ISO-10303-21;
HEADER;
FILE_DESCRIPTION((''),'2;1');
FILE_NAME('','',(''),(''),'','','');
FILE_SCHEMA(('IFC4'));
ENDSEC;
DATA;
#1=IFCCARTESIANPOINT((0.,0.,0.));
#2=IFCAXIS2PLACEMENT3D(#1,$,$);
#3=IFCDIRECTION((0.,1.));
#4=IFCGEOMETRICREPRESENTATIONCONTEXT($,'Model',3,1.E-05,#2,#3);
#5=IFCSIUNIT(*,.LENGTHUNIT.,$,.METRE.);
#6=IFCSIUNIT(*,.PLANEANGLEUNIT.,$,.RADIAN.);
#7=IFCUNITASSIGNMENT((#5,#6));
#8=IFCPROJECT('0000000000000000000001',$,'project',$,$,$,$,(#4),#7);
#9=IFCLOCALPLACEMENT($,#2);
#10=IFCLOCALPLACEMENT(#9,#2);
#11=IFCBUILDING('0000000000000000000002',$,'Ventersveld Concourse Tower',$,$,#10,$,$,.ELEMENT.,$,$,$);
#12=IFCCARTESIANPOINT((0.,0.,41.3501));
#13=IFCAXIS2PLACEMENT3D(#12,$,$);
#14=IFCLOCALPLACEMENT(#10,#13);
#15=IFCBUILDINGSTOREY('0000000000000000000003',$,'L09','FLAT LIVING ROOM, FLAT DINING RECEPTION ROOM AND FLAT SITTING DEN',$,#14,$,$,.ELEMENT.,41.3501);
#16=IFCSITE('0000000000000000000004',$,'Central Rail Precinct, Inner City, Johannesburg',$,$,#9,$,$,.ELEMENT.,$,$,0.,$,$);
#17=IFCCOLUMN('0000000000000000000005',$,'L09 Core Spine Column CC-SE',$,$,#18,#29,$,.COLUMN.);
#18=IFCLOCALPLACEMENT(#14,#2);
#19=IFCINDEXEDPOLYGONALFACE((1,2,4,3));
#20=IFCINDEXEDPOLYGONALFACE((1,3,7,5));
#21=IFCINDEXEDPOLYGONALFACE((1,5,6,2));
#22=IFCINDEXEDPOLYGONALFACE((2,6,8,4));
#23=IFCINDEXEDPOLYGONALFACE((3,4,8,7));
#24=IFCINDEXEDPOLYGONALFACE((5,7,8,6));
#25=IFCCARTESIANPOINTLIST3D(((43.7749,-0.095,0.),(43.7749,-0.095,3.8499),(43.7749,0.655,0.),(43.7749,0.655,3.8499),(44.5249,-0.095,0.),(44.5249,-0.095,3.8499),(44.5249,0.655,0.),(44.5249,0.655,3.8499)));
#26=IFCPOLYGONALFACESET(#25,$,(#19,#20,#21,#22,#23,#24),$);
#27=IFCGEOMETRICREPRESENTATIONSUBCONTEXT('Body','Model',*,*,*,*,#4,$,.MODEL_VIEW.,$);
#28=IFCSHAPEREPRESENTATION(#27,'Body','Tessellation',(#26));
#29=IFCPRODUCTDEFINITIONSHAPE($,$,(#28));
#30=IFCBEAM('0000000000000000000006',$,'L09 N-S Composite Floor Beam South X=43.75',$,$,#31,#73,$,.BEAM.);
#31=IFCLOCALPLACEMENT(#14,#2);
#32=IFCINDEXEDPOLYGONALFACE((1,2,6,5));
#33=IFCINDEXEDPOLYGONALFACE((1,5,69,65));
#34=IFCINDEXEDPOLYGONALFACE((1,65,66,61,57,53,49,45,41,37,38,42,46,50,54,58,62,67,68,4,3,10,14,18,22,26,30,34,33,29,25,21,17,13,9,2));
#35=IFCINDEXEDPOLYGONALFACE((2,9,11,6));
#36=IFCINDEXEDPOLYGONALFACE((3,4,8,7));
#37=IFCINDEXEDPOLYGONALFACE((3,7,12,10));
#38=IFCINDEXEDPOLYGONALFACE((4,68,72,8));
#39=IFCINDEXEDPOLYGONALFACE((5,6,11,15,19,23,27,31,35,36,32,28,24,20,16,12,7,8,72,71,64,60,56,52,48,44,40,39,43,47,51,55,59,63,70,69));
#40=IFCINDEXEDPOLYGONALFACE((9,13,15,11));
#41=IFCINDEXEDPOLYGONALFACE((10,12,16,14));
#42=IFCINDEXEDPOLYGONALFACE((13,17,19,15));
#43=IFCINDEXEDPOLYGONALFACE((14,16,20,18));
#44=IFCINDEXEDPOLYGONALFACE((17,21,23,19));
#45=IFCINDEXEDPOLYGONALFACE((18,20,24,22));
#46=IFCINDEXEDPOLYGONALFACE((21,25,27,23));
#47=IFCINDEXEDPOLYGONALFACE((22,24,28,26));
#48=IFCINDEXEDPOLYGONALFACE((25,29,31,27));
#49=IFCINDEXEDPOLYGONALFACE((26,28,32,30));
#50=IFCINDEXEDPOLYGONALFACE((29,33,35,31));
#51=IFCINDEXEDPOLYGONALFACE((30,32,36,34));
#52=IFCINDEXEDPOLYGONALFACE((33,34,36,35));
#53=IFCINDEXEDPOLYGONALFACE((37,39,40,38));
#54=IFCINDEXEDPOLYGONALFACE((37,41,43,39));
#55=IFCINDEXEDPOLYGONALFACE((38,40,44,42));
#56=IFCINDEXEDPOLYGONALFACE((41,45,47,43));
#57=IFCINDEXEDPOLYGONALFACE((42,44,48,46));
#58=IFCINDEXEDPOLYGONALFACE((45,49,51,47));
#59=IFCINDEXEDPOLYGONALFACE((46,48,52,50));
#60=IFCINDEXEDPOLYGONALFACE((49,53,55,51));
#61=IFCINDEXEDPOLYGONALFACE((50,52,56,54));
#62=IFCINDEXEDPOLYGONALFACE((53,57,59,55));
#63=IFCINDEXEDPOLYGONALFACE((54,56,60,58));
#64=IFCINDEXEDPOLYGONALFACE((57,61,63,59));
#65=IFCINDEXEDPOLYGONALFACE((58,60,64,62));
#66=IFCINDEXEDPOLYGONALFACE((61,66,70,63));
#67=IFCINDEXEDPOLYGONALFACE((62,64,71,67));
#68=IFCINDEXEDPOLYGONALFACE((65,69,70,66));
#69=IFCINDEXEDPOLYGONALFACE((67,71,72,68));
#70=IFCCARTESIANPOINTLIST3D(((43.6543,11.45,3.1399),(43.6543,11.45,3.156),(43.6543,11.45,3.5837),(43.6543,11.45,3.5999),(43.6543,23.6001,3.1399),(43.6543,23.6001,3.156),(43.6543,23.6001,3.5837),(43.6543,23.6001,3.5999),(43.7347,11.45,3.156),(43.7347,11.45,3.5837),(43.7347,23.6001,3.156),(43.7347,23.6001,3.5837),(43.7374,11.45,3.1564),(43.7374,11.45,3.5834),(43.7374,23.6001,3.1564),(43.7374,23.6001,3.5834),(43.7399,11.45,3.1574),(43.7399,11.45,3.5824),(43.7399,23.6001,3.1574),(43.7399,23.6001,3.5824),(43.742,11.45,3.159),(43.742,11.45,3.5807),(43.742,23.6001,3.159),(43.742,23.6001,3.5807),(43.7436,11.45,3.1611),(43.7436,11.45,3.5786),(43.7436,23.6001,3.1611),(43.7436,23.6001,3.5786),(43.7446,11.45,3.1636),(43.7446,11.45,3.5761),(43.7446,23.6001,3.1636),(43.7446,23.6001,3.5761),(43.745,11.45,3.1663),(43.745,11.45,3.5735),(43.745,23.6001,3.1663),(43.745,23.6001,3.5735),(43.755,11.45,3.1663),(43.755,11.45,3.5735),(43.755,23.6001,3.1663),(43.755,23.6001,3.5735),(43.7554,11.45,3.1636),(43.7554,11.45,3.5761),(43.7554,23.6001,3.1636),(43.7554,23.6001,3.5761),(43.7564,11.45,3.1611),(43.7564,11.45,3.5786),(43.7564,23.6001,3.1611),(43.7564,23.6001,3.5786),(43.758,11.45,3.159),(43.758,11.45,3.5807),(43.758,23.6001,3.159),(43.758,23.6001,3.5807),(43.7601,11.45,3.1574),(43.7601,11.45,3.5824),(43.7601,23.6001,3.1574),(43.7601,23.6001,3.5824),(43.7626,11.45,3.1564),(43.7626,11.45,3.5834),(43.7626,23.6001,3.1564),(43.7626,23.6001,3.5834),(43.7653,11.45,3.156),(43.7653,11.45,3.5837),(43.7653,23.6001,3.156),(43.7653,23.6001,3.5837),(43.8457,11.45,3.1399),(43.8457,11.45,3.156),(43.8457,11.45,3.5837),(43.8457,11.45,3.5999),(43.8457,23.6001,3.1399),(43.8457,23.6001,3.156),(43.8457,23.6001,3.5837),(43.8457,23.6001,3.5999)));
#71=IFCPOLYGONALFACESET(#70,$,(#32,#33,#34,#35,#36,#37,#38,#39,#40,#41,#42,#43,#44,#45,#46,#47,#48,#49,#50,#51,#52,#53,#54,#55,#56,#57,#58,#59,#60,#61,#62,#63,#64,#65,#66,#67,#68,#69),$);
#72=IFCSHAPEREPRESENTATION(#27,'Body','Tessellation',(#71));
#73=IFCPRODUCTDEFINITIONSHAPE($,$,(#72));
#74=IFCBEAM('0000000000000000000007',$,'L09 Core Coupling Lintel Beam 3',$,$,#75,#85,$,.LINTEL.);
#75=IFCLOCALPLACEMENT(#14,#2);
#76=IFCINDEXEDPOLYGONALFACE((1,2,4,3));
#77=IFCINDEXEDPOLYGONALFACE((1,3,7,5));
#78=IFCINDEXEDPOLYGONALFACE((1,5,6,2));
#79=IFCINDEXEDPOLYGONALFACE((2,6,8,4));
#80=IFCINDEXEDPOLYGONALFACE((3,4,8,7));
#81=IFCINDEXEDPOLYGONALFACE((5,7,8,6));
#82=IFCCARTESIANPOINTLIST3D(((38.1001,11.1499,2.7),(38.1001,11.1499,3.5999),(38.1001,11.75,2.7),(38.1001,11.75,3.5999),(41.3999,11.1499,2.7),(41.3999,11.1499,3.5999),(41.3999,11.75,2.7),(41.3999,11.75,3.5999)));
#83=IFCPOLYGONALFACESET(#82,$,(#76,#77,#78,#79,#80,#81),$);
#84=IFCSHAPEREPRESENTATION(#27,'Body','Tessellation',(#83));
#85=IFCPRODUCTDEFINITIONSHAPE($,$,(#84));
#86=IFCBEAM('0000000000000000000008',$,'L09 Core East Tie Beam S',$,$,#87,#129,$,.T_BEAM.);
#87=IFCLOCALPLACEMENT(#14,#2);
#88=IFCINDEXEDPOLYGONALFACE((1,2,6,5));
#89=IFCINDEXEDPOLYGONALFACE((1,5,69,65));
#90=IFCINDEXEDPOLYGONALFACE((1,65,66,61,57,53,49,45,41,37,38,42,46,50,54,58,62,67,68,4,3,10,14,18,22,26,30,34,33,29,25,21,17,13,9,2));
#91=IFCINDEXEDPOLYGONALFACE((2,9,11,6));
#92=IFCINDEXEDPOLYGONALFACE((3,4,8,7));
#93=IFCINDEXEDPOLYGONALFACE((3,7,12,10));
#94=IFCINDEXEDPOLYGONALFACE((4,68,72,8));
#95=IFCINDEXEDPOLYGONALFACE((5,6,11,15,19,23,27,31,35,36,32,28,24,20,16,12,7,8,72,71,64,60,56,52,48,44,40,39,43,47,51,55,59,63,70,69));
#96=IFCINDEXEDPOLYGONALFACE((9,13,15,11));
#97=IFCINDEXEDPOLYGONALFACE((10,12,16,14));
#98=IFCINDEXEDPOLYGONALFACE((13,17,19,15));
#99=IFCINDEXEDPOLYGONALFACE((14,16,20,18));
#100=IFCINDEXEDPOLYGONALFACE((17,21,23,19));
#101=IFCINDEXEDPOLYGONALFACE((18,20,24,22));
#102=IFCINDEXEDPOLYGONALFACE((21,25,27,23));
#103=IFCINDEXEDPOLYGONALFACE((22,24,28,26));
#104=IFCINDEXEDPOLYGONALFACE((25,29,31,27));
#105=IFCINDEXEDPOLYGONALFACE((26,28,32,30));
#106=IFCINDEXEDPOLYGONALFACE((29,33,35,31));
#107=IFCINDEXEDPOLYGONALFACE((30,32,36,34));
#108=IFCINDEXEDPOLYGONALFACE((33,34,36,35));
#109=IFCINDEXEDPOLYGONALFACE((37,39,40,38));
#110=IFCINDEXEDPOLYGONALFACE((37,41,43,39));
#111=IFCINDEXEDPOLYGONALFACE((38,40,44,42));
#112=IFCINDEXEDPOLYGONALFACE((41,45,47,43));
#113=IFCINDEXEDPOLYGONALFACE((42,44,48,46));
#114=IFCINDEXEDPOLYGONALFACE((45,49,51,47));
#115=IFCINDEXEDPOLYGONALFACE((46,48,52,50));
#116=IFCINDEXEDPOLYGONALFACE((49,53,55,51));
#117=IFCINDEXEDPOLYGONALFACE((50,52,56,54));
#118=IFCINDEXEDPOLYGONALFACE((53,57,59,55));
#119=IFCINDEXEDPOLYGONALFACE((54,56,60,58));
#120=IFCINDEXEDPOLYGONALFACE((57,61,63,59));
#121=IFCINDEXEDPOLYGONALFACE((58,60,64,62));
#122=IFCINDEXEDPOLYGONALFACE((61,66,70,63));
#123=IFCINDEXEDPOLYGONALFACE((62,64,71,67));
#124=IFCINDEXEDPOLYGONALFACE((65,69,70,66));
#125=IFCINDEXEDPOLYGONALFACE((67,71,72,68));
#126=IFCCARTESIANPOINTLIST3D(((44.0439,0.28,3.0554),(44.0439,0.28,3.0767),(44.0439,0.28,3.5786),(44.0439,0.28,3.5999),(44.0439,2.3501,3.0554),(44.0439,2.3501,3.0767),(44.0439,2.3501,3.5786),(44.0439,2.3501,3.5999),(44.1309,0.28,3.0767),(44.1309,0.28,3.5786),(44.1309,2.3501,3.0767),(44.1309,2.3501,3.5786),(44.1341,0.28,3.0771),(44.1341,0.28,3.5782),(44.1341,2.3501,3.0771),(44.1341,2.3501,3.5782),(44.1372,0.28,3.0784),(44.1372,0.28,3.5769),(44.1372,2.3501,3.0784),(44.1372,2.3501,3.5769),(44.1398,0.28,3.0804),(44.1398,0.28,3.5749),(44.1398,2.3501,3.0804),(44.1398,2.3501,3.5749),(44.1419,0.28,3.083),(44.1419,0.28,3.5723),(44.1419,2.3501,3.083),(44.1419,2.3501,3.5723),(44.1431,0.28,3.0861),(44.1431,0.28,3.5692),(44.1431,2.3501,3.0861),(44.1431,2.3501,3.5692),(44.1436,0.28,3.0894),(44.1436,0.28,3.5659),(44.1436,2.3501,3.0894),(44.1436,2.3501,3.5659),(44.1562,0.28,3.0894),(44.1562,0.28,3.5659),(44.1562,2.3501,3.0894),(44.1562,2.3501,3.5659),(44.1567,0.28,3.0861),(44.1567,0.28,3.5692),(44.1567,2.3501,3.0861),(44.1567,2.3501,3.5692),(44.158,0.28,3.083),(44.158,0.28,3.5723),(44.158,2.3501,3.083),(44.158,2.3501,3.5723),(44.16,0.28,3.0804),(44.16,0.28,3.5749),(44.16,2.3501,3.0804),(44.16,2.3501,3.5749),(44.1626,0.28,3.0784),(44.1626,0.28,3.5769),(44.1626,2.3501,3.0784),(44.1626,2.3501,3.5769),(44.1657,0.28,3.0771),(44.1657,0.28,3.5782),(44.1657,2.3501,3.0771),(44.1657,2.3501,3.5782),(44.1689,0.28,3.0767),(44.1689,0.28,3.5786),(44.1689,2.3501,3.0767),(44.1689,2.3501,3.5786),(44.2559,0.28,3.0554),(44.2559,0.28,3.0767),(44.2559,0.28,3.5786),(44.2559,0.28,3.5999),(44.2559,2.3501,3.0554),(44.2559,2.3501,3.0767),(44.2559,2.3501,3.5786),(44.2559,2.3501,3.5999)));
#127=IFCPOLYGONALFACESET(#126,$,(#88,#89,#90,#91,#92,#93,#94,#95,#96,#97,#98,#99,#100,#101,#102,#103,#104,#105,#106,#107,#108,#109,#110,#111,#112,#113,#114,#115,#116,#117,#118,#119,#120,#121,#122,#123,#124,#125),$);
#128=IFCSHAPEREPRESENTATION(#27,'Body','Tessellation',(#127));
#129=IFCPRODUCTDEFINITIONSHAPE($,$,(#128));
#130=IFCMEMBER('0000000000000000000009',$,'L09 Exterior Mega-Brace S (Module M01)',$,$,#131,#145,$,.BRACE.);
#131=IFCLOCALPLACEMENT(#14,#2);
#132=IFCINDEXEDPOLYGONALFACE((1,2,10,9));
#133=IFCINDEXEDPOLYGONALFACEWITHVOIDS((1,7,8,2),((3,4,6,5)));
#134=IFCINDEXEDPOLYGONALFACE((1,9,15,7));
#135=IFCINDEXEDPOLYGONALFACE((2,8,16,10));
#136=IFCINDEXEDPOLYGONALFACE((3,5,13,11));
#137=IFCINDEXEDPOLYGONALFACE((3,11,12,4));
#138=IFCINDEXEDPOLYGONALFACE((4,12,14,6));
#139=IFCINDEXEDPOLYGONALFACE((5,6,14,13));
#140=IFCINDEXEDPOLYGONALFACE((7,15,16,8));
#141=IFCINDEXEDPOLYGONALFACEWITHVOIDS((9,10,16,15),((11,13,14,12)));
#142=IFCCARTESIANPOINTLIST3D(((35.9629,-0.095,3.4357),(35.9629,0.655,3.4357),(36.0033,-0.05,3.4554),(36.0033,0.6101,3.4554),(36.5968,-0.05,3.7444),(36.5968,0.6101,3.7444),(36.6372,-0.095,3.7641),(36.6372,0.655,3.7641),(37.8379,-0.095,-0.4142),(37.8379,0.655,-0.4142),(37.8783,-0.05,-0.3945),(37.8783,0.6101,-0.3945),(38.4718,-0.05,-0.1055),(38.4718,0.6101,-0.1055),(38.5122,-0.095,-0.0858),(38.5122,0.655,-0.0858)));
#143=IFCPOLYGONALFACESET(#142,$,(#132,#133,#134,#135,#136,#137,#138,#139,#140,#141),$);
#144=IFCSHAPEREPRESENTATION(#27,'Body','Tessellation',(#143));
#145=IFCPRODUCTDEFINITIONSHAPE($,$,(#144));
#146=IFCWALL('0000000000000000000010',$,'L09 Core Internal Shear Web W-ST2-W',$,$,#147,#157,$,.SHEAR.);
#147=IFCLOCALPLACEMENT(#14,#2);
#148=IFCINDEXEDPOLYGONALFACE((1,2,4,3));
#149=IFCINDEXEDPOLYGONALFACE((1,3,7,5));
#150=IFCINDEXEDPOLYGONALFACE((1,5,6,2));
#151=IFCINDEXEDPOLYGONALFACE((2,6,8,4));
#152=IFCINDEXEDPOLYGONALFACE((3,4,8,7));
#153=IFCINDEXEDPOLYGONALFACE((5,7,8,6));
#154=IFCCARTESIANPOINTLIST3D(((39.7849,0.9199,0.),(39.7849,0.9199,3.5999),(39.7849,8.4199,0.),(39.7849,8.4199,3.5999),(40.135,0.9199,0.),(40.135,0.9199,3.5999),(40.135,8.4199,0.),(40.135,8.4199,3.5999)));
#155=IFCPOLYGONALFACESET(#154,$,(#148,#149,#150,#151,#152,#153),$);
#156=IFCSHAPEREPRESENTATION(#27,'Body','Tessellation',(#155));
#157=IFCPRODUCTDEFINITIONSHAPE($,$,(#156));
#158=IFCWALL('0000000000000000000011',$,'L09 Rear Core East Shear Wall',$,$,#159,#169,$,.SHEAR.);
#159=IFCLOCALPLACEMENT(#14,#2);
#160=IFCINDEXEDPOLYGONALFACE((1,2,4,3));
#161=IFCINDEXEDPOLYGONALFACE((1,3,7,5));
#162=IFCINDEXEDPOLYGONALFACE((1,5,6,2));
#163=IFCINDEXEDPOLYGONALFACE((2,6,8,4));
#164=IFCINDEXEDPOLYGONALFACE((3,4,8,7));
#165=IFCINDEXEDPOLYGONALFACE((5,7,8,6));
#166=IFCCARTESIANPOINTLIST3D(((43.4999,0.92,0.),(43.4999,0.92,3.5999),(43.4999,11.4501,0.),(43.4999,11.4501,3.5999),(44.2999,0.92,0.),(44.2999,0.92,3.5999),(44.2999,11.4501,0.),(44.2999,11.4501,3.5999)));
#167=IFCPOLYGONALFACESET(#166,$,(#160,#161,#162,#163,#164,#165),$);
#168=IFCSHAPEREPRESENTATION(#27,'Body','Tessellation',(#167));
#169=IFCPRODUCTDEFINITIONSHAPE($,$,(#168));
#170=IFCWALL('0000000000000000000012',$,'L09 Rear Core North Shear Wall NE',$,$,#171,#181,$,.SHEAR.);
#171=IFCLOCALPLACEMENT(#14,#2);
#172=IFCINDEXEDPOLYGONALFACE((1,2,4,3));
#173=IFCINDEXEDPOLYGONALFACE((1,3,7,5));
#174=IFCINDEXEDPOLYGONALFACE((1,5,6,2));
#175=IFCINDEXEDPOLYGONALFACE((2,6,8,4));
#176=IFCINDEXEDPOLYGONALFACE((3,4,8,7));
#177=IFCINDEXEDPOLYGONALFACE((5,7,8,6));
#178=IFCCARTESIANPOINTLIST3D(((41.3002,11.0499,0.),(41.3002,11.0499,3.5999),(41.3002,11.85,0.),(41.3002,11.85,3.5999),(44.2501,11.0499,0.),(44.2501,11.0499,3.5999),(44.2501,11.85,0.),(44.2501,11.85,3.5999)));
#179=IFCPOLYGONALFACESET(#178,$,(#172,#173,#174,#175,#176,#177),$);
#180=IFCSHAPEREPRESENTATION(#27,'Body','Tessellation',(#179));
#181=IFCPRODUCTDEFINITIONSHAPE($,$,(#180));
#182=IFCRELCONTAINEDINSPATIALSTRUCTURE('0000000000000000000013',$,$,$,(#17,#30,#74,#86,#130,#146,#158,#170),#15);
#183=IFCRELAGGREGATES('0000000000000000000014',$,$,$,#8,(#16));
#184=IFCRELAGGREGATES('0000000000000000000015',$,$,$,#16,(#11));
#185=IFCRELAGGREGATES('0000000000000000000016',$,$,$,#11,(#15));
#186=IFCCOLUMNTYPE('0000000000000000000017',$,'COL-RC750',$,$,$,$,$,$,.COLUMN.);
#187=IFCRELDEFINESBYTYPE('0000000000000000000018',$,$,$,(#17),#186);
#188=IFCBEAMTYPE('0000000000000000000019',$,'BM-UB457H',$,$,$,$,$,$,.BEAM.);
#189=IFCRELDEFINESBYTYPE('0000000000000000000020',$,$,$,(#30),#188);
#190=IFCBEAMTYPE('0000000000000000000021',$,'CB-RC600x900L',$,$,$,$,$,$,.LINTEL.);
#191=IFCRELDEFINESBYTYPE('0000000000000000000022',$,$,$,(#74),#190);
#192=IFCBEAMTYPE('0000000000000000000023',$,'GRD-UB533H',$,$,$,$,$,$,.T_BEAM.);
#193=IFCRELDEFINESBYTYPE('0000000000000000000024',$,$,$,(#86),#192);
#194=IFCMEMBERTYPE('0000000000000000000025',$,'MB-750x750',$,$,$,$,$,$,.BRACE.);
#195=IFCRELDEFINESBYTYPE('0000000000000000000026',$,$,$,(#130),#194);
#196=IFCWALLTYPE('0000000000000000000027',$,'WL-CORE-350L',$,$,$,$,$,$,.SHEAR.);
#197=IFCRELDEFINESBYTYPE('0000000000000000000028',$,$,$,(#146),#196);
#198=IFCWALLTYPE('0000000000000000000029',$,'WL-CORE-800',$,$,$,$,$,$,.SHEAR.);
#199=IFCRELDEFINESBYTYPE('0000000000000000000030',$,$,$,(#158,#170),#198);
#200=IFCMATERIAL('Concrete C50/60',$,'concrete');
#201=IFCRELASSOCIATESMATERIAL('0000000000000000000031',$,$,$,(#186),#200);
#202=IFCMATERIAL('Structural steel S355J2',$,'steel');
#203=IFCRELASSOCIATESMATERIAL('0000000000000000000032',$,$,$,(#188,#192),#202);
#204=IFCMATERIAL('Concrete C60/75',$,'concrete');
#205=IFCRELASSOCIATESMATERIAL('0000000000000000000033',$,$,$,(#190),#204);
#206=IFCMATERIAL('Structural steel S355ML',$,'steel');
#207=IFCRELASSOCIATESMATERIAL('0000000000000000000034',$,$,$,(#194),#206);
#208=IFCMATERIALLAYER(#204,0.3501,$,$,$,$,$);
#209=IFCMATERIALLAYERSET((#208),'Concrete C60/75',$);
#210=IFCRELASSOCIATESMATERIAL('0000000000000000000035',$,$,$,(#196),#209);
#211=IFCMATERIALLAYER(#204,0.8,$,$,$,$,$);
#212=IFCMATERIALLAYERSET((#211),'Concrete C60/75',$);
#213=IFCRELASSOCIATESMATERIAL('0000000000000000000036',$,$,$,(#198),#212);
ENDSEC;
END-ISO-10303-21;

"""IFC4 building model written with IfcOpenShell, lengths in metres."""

from ifc_helpers import new_model, si_unit, direction, frame, frame_2d, origin, origin_2d, place, context, subcontext, project, spatial, rectangle, hollow_rectangle, i_section, extrude, material, layer, layer_set, material_profile, profile_set, type_object, element, save


model = new_model("IFC4")

# Units and contexts
model_context = context("Model", 3, precision=1e-05, world=origin(), true_north=direction((0.0, 1.0)))
body_context = subcontext(model_context, "Body", "Model", "MODEL_VIEW")
ifc_project = project(units=[si_unit("LENGTHUNIT", "METRE"), si_unit("PLANEANGLEUNIT", "RADIAN")], contexts=[model_context])

# Site, building, storey
site_placement = place(None, origin())
site = spatial("IfcSite", under=ifc_project, at=site_placement, Name="Central Rail Precinct, Inner City, Johannesburg", CompositionType="ELEMENT", RefElevation=0.0)
building_placement = place(site_placement, origin())
building = spatial("IfcBuilding", under=site, at=building_placement, Name="Ventersveld Concourse Tower", CompositionType="ELEMENT")
storey_placement = place(building_placement, frame((0.0, 0.0, 41.3501)))
storey = spatial("IfcBuildingStorey", under=building, at=storey_placement, Name="L09", Description="FLAT LIVING ROOM, FLAT DINING RECEPTION ROOM AND FLAT SITTING DEN", CompositionType="ELEMENT", Elevation=41.3501)

# Column
ifc_material_1 = material(Name="Concrete C50/60", Category="concrete")
ifc_material_profile_1 = material_profile(ifc_material_1, rectangle(XDim=0.75, YDim=0.75, at=origin_2d()), Name="RC 750x750")
ifc_profile_set_1 = profile_set([ifc_material_profile_1], Name="Concrete C50/60")
column_type = type_object("IfcColumnType", Name="COL-RC750", PredefinedType="COLUMN", material=ifc_profile_set_1)
column_placement = place(storey_placement, frame((44.1499, 0.28, 0.0), z_axis=(0.0, 0.0, 1.0), x_axis=(1.0, 0.0, 0.0)))
element("IfcColumn", 1, at=column_placement, inside=storey, type_object=column_type, Name="L09 Core Spine Column CC-SE", PredefinedType="COLUMN", context=body_context, shape_type="SweptSolid", body=[
    extrude(rectangle(XDim=0.75, YDim=0.75, at=origin_2d()), origin(), (0.0, 0.0, 1.0), 3.8499),
])

# Beams
ifc_material_2 = material(Name="Structural steel S355J2", Category="steel")
ifc_material_profile_2 = material_profile(ifc_material_2, i_section(OverallWidth=0.1914, OverallDepth=0.46, WebThickness=0.01, FlangeThickness=0.0161, FilletRadius=0.0103, at=origin_2d()), Name="UB 457x191x82")
ifc_profile_set_2 = profile_set([ifc_material_profile_2], Name="Structural steel S355J2")
beam_type_1 = type_object("IfcBeamType", Name="BM-UB457H", PredefinedType="BEAM", material=ifc_profile_set_2)
beam_1_placement = place(storey_placement, frame((43.75, 11.45, 3.3699), z_axis=(0.0, 1.0, 0.0), x_axis=(-1.0, 0.0, 0.0)))
element("IfcBeam", 2, at=beam_1_placement, inside=storey, type_object=beam_type_1, Name="L09 N-S Composite Floor Beam South X=43.75", PredefinedType="BEAM", context=body_context, shape_type="SweptSolid", body=[
    extrude(i_section(OverallWidth=0.1914, OverallDepth=0.46, WebThickness=0.01, FlangeThickness=0.0161, FilletRadius=0.0103, at=origin_2d()), origin(), (0.0, 0.0, 1.0), 12.1501),
])
ifc_material_3 = material(Name="Concrete C60/75", Category="concrete")
ifc_material_profile_3 = material_profile(ifc_material_3, rectangle(XDim=0.6001, YDim=0.8999, at=origin_2d()), Name="RC 600x900")
ifc_profile_set_3 = profile_set([ifc_material_profile_3], Name="Concrete C60/75")
beam_type_2 = type_object("IfcBeamType", Name="CB-RC600x900L", PredefinedType="LINTEL", material=ifc_profile_set_3)
beam_2_placement = place(storey_placement, frame((38.1001, 11.45, 3.1499), z_axis=(1.0, 0.0, 0.0), x_axis=(0.0, 1.0, 0.0)))
element("IfcBeam", 3, at=beam_2_placement, inside=storey, type_object=beam_type_2, Name="L09 Core Coupling Lintel Beam 3", PredefinedType="LINTEL", context=body_context, shape_type="SweptSolid", body=[
    extrude(rectangle(XDim=0.6001, YDim=0.8999, at=origin_2d()), origin(), (0.0, 0.0, 1.0), 3.2998),
])
ifc_material_profile_4 = material_profile(ifc_material_2, i_section(OverallWidth=0.2119, OverallDepth=0.5444, WebThickness=0.0127, FlangeThickness=0.0212, FilletRadius=0.0127, at=origin_2d()), Name="UB 533x210x122")
ifc_profile_set_4 = profile_set([ifc_material_profile_4], Name="Structural steel S355J2")
beam_type_3 = type_object("IfcBeamType", Name="GRD-UB533H", PredefinedType="T_BEAM", material=ifc_profile_set_4)
beam_3_placement = place(storey_placement, frame((44.1499, 0.28, 3.3276), z_axis=(0.0, 1.0, 0.0), x_axis=(-1.0, 0.0, 0.0)))
element("IfcBeam", 4, at=beam_3_placement, inside=storey, type_object=beam_type_3, Name="L09 Core East Tie Beam S", PredefinedType="T_BEAM", context=body_context, shape_type="SweptSolid", body=[
    extrude(i_section(OverallWidth=0.2119, OverallDepth=0.5444, WebThickness=0.0127, FlangeThickness=0.0212, FilletRadius=0.0127, at=origin_2d()), origin(), (0.0, 0.0, 1.0), 2.0701),
])

# Member
ifc_material_4 = material(Name="Structural steel S355ML", Category="steel")
ifc_material_profile_5 = material_profile(ifc_material_4, hollow_rectangle(XDim=0.75, YDim=0.75, WallThickness=0.0449, at=origin_2d()), Name="BOX 750x750x45")
ifc_profile_set_5 = profile_set([ifc_material_profile_5], Name="Structural steel S355ML")
member_type = type_object("IfcMemberType", Name="MB-750x750", PredefinedType="BRACE", material=ifc_profile_set_5)
member_placement = place(storey_placement, frame((38.175, 0.28, -0.25), z_axis=(-0.437862, 0.0, 0.899042), x_axis=(0.0, -1.0, 0.0)))
element("IfcMember", 5, at=member_placement, inside=storey, type_object=member_type, Name="L09 Exterior Mega-Brace S (Module M01)", PredefinedType="BRACE", context=body_context, shape_type="SweptSolid", body=[
    extrude(hollow_rectangle(XDim=0.75, YDim=0.75, WallThickness=0.0449, at=origin_2d()), origin(), (0.0, 0.0, 1.0), 4.2822),
])

# Walls
ifc_layer_1 = layer(ifc_material_3, 0.3501)
ifc_layer_set_1 = layer_set([ifc_layer_1], Name="Concrete C60/75")
wall_type_1 = type_object("IfcWallType", Name="WL-CORE-350L", PredefinedType="SHEAR", material=ifc_layer_set_1)
wall_1_placement = place(storey_placement, frame((39.96, 0.9199, 0.0), z_axis=(0.0, 0.0, 1.0), x_axis=(0.0, 1.0, 0.0)))
element("IfcWall", 6, at=wall_1_placement, inside=storey, type_object=wall_type_1, Name="L09 Core Internal Shear Web W-ST2-W", PredefinedType="SHEAR", context=body_context, shape_type="SweptSolid", body=[
    extrude(rectangle(XDim=7.5, YDim=0.3501, at=frame_2d((3.75, 0.0))), origin(), (0.0, 0.0, 1.0), 3.5999),
])
ifc_layer_2 = layer(ifc_material_3, 0.8)
ifc_layer_set_2 = layer_set([ifc_layer_2], Name="Concrete C60/75")
wall_type_2 = type_object("IfcWallType", Name="WL-CORE-800", PredefinedType="SHEAR", material=ifc_layer_set_2)
wall_2_placement = place(storey_placement, frame((43.8999, 0.9199, 0.0), z_axis=(0.0, 0.0, 1.0), x_axis=(0.0, 1.0, 0.0)))
element("IfcWall", 7, at=wall_2_placement, inside=storey, type_object=wall_type_2, Name="L09 Rear Core East Shear Wall", PredefinedType="SHEAR", context=body_context, shape_type="SweptSolid", body=[
    extrude(rectangle(XDim=10.53, YDim=0.8, at=frame_2d((5.2651, 0.0))), origin(), (0.0, 0.0, 1.0), 3.5999),
])
wall_3_placement = place(storey_placement, frame((41.3, 11.45, 0.0), z_axis=(0.0, 0.0, 1.0), x_axis=(1.0, 0.0, 0.0)))
element("IfcWall", 8, at=wall_3_placement, inside=storey, type_object=wall_type_2, Name="L09 Rear Core North Shear Wall NE", PredefinedType="SHEAR", context=body_context, shape_type="SweptSolid", body=[
    extrude(rectangle(XDim=2.95, YDim=0.8, at=frame_2d((1.4751, 0.0))), origin(), (0.0, 0.0, 1.0), 3.5999),
])

save(model, "model.ifc")
